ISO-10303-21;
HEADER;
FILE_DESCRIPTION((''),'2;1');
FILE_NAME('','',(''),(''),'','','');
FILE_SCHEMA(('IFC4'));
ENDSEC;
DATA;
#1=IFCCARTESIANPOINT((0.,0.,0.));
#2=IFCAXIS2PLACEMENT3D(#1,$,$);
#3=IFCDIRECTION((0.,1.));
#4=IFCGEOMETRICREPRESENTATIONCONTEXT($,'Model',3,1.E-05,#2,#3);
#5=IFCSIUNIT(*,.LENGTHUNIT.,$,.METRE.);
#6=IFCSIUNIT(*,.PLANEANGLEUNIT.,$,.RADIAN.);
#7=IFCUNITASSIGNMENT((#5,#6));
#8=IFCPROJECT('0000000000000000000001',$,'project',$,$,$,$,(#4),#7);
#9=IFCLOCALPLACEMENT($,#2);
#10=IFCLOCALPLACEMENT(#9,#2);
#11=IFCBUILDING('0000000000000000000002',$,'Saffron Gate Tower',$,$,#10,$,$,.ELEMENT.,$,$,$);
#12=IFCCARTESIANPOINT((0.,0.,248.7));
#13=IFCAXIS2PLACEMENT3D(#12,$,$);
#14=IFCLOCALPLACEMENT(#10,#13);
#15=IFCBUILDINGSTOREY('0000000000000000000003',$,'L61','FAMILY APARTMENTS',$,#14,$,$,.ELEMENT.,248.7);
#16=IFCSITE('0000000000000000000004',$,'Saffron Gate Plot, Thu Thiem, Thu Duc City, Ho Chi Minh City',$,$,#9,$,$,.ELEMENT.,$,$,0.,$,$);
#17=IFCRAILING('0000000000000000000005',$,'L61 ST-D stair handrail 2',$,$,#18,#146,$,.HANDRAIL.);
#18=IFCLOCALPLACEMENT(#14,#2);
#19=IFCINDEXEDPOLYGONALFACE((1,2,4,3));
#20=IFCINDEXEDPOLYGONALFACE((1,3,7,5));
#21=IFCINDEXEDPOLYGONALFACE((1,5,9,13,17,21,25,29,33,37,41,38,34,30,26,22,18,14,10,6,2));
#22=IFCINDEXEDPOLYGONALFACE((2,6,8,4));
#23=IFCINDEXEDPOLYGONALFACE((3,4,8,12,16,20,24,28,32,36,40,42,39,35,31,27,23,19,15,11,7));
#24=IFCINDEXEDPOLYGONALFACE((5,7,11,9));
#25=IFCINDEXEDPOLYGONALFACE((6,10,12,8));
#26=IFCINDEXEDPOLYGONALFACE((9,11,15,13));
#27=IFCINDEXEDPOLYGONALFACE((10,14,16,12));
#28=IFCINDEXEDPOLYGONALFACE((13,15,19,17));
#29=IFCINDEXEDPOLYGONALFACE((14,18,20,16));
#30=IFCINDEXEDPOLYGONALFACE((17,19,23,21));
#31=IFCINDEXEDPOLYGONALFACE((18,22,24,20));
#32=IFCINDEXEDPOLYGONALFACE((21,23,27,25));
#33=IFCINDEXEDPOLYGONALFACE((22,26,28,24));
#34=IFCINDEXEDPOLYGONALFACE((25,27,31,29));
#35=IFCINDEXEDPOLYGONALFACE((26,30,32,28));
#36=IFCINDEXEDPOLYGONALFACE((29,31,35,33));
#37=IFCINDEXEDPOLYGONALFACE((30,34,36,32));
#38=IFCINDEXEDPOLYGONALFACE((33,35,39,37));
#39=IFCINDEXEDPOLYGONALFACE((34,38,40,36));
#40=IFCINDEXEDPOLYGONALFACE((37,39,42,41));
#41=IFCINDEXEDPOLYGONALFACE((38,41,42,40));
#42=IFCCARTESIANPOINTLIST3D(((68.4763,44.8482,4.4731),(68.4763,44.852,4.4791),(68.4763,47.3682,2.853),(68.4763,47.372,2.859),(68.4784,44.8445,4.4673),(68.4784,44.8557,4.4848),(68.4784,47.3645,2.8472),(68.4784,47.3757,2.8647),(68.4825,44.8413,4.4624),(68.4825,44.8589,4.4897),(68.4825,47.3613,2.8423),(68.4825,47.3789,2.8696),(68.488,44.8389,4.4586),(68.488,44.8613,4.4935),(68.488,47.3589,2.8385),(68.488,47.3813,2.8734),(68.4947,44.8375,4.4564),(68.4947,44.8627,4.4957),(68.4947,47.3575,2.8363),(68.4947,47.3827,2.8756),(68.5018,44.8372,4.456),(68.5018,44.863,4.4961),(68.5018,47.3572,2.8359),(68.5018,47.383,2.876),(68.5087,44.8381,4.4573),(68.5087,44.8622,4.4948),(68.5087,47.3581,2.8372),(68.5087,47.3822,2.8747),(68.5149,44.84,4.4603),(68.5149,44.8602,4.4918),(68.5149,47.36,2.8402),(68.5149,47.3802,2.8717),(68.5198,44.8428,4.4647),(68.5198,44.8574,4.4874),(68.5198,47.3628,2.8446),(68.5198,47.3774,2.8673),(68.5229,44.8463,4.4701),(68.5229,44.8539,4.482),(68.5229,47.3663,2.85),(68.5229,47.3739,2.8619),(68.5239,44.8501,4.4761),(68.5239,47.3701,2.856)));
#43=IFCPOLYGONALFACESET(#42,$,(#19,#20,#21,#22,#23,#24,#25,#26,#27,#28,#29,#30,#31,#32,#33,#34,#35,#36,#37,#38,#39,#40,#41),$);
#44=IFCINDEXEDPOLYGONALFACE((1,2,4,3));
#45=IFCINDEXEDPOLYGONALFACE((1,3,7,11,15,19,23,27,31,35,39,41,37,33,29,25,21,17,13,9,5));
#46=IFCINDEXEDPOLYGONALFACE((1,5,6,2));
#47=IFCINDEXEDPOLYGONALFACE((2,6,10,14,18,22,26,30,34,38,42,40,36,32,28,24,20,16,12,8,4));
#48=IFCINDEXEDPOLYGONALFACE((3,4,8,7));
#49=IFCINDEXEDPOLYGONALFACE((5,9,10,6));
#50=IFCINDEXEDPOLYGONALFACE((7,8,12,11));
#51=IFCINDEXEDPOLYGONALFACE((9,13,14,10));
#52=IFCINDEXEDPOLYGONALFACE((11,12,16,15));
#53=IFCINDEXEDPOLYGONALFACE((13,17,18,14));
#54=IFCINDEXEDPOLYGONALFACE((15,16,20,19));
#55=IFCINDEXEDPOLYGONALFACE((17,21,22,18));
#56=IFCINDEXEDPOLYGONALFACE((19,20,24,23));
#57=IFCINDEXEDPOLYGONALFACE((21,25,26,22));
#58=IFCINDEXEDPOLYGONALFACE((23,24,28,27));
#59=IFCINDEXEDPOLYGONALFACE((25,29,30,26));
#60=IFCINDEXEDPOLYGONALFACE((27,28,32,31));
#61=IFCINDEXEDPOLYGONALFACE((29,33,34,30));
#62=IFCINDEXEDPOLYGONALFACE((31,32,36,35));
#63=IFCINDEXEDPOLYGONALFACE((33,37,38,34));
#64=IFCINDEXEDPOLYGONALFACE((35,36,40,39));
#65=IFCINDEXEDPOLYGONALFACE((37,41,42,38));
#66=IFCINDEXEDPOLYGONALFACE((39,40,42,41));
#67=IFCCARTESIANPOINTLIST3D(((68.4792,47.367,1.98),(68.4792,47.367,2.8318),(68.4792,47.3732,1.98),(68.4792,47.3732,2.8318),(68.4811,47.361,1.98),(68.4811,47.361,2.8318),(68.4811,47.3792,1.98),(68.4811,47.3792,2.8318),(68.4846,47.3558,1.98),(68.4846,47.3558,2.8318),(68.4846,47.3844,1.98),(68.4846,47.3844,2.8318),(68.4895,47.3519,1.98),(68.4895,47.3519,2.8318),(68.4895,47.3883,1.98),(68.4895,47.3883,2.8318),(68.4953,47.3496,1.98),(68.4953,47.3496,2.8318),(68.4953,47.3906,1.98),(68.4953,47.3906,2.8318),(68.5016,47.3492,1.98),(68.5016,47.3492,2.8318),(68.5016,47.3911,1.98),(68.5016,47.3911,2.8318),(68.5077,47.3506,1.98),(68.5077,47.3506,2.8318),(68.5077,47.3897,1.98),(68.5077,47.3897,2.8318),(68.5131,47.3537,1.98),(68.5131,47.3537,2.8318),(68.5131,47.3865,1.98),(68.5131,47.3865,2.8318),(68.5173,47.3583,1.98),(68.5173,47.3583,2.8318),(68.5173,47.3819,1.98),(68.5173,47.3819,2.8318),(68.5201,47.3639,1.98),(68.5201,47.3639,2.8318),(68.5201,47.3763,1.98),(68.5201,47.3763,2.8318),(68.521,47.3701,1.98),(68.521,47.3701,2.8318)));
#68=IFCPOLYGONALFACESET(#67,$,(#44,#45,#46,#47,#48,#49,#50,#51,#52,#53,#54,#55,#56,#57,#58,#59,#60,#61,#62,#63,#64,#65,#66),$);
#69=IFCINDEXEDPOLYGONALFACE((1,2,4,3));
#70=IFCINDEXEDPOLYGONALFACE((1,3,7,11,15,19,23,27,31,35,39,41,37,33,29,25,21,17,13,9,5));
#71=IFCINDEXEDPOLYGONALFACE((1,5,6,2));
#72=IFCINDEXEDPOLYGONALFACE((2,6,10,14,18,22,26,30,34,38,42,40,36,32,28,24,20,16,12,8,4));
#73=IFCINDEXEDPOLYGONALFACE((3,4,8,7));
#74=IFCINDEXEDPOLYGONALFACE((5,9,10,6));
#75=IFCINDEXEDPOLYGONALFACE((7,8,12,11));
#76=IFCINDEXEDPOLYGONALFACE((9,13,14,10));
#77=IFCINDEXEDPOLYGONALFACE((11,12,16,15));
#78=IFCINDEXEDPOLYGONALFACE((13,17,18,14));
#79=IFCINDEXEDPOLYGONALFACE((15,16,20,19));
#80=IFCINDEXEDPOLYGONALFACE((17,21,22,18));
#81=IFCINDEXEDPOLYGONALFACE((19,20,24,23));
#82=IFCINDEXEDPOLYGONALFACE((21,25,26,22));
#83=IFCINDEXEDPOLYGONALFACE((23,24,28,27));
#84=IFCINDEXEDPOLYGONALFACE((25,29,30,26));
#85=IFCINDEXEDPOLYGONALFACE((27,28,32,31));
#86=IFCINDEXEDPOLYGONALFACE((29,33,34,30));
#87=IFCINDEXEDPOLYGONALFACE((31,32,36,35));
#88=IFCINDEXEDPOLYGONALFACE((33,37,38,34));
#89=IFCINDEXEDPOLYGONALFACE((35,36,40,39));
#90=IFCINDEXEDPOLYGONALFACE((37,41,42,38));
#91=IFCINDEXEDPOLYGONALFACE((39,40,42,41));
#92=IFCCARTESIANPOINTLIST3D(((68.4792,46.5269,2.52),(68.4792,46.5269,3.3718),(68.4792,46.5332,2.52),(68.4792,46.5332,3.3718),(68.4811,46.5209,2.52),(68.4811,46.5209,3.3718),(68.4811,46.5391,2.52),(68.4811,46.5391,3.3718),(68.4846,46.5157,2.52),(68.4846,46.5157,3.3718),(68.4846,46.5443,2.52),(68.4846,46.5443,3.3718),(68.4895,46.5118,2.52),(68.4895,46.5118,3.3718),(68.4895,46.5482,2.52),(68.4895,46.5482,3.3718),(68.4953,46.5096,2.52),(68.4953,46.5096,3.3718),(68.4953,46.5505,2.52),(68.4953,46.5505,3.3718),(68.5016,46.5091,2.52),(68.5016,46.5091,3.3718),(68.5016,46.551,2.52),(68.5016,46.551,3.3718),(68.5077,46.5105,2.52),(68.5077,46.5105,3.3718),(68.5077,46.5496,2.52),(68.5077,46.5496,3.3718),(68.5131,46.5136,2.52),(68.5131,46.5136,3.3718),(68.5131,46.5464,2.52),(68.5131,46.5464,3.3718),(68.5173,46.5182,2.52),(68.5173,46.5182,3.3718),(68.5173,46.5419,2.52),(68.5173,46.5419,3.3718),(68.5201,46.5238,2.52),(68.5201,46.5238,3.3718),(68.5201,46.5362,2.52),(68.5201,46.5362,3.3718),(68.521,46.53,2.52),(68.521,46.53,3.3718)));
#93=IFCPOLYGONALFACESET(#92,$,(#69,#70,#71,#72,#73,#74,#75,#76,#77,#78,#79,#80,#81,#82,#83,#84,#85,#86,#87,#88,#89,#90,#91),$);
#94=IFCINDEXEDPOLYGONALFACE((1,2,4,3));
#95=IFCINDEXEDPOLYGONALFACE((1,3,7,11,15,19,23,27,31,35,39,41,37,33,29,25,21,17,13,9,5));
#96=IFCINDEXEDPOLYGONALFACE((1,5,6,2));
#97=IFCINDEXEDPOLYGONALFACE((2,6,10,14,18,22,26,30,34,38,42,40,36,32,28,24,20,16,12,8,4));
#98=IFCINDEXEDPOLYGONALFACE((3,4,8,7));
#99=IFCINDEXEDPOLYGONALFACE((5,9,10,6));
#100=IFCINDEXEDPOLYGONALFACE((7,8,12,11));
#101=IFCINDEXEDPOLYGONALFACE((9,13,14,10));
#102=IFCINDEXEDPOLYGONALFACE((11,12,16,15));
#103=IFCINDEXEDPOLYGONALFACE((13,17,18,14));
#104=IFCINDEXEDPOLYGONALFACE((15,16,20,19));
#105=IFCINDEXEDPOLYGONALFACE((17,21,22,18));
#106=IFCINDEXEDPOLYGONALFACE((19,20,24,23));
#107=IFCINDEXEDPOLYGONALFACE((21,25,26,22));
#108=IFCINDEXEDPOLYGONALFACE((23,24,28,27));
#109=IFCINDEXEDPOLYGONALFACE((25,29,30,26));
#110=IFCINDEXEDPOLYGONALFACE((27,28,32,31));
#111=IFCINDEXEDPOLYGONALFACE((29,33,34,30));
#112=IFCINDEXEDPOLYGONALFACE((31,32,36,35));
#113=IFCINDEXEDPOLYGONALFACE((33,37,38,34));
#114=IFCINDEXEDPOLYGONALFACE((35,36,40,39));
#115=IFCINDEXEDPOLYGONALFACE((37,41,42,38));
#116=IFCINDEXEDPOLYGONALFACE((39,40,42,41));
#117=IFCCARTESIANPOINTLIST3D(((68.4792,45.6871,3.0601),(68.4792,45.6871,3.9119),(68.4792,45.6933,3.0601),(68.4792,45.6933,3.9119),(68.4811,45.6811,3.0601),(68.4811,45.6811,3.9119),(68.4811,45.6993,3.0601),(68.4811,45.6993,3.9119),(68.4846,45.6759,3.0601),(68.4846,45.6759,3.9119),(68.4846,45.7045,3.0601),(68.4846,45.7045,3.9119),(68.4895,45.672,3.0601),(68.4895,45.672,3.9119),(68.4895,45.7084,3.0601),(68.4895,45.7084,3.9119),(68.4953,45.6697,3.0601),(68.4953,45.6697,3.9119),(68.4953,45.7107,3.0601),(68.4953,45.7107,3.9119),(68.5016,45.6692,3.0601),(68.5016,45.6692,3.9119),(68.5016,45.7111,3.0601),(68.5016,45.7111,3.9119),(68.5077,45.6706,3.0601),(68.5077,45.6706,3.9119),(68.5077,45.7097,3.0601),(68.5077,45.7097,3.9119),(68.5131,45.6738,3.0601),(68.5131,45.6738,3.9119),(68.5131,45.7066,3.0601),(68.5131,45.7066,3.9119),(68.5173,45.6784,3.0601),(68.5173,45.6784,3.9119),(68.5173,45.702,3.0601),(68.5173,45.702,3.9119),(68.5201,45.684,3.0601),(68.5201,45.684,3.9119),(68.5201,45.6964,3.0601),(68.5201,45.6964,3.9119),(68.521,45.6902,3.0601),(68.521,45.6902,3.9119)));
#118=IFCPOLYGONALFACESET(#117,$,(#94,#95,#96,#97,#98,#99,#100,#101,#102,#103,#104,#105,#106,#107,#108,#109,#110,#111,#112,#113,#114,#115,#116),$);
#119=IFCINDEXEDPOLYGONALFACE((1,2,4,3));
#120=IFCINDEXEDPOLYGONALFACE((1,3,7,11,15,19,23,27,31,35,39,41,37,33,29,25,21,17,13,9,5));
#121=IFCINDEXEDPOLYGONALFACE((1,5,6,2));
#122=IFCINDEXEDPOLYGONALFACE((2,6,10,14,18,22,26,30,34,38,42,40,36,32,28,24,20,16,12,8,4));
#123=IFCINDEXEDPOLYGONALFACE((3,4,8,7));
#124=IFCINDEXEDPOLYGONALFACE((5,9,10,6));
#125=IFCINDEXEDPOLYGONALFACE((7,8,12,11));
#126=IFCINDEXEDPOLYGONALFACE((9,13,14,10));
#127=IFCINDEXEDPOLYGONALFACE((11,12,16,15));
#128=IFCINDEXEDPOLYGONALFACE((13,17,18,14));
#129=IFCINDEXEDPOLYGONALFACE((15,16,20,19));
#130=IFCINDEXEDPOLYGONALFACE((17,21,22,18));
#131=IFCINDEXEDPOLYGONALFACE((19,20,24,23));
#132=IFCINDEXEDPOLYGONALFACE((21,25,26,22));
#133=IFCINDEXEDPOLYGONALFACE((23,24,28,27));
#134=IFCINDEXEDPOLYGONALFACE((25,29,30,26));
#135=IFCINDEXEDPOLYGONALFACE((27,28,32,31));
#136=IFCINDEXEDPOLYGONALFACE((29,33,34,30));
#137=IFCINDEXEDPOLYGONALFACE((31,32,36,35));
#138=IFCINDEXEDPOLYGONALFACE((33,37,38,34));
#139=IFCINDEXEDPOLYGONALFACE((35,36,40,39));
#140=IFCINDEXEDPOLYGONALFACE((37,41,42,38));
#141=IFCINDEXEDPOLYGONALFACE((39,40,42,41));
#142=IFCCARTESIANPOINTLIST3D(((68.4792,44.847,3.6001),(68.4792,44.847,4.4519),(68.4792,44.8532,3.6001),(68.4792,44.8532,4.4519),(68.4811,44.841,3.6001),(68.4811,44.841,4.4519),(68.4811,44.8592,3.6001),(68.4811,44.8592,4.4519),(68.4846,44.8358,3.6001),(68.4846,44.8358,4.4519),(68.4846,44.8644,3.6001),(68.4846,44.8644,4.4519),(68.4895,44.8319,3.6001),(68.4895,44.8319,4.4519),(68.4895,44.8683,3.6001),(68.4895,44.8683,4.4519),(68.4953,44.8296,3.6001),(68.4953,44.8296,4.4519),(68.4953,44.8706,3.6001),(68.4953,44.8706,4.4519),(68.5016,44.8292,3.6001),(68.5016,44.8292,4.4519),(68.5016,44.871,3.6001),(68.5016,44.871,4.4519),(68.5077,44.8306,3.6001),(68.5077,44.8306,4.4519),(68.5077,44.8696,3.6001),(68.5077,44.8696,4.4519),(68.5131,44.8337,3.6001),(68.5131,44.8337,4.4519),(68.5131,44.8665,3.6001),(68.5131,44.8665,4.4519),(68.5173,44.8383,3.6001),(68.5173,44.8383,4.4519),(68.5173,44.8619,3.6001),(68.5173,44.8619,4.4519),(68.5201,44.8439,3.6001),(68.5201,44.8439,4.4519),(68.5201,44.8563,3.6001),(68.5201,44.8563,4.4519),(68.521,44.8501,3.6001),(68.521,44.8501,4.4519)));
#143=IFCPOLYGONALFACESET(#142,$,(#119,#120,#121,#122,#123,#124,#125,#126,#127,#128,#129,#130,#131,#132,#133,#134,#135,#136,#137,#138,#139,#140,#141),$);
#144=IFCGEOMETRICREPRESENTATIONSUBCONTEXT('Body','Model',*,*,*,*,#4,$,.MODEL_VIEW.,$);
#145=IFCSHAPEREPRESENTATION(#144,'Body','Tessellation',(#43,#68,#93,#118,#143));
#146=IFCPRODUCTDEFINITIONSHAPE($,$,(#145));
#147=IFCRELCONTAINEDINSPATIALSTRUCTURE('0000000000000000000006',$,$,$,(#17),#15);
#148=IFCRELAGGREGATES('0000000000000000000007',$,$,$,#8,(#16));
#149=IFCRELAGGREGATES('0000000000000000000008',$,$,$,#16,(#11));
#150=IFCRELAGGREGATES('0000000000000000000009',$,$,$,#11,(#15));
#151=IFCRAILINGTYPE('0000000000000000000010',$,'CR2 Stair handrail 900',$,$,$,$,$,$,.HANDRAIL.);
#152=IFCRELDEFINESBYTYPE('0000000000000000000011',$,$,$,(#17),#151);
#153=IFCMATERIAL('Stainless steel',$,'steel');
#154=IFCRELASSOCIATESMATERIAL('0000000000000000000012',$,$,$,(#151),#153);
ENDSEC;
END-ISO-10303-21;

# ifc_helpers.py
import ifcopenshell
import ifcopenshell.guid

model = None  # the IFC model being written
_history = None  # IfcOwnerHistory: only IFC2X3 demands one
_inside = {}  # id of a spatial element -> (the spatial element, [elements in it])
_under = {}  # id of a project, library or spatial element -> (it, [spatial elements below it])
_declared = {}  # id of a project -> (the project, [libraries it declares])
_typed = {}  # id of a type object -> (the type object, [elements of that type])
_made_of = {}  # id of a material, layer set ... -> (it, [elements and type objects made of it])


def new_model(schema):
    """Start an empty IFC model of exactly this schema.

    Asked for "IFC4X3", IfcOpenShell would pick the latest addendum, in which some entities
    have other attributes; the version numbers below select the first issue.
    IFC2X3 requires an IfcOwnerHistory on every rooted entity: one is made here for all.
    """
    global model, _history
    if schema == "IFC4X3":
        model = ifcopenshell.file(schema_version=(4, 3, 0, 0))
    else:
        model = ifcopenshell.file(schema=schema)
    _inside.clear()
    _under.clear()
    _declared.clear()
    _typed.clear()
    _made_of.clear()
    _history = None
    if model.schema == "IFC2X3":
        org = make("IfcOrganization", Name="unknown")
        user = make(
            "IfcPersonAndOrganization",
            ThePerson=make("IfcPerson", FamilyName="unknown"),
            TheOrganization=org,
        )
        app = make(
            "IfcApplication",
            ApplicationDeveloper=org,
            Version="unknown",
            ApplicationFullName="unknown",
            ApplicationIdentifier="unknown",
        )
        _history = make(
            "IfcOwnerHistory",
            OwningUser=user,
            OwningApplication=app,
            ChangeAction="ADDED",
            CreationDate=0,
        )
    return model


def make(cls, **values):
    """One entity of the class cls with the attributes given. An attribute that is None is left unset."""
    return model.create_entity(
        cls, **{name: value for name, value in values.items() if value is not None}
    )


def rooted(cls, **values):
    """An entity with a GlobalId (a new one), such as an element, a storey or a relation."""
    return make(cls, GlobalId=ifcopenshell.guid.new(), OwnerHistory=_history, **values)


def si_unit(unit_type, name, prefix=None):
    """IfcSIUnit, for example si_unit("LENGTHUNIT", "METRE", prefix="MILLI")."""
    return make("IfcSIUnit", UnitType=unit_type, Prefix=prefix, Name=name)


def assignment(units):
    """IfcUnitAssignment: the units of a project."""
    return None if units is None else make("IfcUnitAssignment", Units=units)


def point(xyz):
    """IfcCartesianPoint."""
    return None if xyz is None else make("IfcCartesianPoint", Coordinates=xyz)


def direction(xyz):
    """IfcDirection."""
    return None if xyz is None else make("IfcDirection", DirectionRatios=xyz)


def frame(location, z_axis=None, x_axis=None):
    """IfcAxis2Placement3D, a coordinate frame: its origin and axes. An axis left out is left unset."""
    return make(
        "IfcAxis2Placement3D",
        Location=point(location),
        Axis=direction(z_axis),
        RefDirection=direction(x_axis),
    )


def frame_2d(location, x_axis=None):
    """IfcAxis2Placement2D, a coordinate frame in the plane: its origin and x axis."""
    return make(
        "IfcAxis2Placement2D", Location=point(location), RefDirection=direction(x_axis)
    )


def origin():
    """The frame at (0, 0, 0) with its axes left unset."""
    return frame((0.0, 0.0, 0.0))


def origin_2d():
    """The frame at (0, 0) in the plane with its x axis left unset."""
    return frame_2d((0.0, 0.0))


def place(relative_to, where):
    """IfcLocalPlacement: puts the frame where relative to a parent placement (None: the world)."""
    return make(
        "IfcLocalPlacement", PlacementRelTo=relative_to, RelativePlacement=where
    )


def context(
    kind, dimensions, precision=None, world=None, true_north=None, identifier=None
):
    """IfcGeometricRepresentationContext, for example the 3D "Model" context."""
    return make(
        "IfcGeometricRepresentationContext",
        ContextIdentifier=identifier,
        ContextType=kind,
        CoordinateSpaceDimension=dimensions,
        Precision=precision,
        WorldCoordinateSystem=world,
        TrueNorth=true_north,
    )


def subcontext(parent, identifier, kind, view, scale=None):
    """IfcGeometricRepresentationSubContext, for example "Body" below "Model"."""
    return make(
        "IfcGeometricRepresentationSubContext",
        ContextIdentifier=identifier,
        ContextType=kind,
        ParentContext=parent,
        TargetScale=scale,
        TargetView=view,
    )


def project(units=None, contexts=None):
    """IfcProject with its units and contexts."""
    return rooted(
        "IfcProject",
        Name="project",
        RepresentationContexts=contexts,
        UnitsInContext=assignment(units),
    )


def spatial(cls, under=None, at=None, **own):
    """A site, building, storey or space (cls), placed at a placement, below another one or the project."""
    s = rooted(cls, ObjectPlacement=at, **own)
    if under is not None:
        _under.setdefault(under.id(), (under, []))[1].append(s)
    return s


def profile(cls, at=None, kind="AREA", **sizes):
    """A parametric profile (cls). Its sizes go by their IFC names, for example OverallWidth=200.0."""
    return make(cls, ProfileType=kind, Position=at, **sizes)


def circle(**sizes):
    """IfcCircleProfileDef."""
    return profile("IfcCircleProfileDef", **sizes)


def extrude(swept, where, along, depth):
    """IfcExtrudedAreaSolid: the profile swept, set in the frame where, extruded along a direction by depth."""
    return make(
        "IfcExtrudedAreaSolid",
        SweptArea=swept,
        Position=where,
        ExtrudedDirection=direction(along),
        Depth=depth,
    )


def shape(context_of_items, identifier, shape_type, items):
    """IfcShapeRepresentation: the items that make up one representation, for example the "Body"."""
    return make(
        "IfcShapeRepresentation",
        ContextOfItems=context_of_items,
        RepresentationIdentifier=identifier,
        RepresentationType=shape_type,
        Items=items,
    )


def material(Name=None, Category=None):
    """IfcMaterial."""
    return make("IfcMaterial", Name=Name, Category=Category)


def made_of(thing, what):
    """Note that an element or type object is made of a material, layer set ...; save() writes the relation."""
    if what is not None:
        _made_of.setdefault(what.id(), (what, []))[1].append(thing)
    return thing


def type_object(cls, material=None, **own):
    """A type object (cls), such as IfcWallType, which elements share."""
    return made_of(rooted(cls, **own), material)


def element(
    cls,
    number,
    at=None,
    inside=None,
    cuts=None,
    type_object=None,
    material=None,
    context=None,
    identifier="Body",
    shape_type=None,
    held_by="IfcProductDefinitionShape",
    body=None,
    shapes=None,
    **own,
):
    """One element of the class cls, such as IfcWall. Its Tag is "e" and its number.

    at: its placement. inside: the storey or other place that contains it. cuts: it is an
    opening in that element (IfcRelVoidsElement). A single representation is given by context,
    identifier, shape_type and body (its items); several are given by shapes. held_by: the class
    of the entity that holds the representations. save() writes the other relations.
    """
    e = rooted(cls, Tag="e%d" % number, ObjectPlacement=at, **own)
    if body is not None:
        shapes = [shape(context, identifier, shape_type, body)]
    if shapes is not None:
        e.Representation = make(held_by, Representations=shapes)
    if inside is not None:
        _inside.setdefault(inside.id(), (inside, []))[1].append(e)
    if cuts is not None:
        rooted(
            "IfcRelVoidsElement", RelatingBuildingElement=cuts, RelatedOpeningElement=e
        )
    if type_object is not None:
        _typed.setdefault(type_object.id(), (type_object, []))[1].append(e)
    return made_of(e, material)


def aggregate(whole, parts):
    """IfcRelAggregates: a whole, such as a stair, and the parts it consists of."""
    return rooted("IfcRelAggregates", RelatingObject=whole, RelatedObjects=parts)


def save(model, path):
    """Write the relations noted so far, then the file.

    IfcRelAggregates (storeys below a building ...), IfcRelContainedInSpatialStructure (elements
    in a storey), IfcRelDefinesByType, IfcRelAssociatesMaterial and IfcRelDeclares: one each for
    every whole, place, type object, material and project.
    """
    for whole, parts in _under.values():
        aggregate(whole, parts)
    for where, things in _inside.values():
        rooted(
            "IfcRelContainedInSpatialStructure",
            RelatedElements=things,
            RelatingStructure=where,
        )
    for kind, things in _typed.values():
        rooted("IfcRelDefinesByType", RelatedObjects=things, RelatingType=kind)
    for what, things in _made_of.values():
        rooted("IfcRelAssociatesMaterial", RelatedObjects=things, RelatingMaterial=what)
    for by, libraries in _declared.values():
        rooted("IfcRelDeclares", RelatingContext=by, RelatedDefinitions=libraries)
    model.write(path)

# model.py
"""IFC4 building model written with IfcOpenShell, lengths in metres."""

from ifc_helpers import new_model, si_unit, direction, frame, origin, origin_2d, place, context, subcontext, project, spatial, circle, extrude, material, type_object, element, save


model = new_model("IFC4")

# Units and contexts
model_context = context("Model", 3, precision=1e-05, world=origin(), true_north=direction((0.0, 1.0)))
body_context = subcontext(model_context, "Body", "Model", "MODEL_VIEW")
ifc_project = project(units=[si_unit("LENGTHUNIT", "METRE"), si_unit("PLANEANGLEUNIT", "RADIAN")], contexts=[model_context])

# Site, building, storey
site_placement = place(None, origin())
site = spatial("IfcSite", under=ifc_project, at=site_placement, Name="Saffron Gate Plot, Thu Thiem, Thu Duc City, Ho Chi Minh City", CompositionType="ELEMENT", RefElevation=0.0)
building_placement = place(site_placement, origin())
building = spatial("IfcBuilding", under=site, at=building_placement, Name="Saffron Gate Tower", CompositionType="ELEMENT")
storey_placement = place(building_placement, frame((0.0, 0.0, 248.7)))
storey = spatial("IfcBuildingStorey", under=building, at=storey_placement, Name="L61", Description="FAMILY APARTMENTS", CompositionType="ELEMENT", Elevation=248.7)

# Railing
ifc_material_1 = material(Name="Stainless steel", Category="steel")
railing_type_1 = type_object("IfcRailingType", Name="CR2 Stair handrail 900", PredefinedType="HANDRAIL", material=ifc_material_1)
railing_1_placement = place(storey_placement, frame((68.5, 47.3701, 1.98)))
element("IfcRailing", 1, at=railing_1_placement, inside=storey, type_object=railing_type_1, Name="L61 ST-D stair handrail 2", PredefinedType="HANDRAIL", context=body_context, shape_type="SweptSolid", body=[
    extrude(circle(Radius=0.0239, at=origin_2d()), frame((0.0, 0.0, 0.876), z_axis=(0.0, -0.841163, 0.540782), x_axis=(1.0, 0.0, 0.0)), (0.0, 0.0, 1.0), 2.9958),
    extrude(circle(Radius=0.021, at=origin_2d()), origin(), (0.0, 0.0, 1.0), 0.8518),
    extrude(circle(Radius=0.021, at=origin_2d()), frame((0.0, -0.8401, 0.54)), (0.0, 0.0, 1.0), 0.8518),
    extrude(circle(Radius=0.021, at=origin_2d()), frame((0.0, -1.6799, 1.0801)), (0.0, 0.0, 1.0), 0.8518),
    extrude(circle(Radius=0.021, at=origin_2d()), frame((0.0, -2.52, 1.6201)), (0.0, 0.0, 1.0), 0.8518),
])

save(model, "model.ifc")
